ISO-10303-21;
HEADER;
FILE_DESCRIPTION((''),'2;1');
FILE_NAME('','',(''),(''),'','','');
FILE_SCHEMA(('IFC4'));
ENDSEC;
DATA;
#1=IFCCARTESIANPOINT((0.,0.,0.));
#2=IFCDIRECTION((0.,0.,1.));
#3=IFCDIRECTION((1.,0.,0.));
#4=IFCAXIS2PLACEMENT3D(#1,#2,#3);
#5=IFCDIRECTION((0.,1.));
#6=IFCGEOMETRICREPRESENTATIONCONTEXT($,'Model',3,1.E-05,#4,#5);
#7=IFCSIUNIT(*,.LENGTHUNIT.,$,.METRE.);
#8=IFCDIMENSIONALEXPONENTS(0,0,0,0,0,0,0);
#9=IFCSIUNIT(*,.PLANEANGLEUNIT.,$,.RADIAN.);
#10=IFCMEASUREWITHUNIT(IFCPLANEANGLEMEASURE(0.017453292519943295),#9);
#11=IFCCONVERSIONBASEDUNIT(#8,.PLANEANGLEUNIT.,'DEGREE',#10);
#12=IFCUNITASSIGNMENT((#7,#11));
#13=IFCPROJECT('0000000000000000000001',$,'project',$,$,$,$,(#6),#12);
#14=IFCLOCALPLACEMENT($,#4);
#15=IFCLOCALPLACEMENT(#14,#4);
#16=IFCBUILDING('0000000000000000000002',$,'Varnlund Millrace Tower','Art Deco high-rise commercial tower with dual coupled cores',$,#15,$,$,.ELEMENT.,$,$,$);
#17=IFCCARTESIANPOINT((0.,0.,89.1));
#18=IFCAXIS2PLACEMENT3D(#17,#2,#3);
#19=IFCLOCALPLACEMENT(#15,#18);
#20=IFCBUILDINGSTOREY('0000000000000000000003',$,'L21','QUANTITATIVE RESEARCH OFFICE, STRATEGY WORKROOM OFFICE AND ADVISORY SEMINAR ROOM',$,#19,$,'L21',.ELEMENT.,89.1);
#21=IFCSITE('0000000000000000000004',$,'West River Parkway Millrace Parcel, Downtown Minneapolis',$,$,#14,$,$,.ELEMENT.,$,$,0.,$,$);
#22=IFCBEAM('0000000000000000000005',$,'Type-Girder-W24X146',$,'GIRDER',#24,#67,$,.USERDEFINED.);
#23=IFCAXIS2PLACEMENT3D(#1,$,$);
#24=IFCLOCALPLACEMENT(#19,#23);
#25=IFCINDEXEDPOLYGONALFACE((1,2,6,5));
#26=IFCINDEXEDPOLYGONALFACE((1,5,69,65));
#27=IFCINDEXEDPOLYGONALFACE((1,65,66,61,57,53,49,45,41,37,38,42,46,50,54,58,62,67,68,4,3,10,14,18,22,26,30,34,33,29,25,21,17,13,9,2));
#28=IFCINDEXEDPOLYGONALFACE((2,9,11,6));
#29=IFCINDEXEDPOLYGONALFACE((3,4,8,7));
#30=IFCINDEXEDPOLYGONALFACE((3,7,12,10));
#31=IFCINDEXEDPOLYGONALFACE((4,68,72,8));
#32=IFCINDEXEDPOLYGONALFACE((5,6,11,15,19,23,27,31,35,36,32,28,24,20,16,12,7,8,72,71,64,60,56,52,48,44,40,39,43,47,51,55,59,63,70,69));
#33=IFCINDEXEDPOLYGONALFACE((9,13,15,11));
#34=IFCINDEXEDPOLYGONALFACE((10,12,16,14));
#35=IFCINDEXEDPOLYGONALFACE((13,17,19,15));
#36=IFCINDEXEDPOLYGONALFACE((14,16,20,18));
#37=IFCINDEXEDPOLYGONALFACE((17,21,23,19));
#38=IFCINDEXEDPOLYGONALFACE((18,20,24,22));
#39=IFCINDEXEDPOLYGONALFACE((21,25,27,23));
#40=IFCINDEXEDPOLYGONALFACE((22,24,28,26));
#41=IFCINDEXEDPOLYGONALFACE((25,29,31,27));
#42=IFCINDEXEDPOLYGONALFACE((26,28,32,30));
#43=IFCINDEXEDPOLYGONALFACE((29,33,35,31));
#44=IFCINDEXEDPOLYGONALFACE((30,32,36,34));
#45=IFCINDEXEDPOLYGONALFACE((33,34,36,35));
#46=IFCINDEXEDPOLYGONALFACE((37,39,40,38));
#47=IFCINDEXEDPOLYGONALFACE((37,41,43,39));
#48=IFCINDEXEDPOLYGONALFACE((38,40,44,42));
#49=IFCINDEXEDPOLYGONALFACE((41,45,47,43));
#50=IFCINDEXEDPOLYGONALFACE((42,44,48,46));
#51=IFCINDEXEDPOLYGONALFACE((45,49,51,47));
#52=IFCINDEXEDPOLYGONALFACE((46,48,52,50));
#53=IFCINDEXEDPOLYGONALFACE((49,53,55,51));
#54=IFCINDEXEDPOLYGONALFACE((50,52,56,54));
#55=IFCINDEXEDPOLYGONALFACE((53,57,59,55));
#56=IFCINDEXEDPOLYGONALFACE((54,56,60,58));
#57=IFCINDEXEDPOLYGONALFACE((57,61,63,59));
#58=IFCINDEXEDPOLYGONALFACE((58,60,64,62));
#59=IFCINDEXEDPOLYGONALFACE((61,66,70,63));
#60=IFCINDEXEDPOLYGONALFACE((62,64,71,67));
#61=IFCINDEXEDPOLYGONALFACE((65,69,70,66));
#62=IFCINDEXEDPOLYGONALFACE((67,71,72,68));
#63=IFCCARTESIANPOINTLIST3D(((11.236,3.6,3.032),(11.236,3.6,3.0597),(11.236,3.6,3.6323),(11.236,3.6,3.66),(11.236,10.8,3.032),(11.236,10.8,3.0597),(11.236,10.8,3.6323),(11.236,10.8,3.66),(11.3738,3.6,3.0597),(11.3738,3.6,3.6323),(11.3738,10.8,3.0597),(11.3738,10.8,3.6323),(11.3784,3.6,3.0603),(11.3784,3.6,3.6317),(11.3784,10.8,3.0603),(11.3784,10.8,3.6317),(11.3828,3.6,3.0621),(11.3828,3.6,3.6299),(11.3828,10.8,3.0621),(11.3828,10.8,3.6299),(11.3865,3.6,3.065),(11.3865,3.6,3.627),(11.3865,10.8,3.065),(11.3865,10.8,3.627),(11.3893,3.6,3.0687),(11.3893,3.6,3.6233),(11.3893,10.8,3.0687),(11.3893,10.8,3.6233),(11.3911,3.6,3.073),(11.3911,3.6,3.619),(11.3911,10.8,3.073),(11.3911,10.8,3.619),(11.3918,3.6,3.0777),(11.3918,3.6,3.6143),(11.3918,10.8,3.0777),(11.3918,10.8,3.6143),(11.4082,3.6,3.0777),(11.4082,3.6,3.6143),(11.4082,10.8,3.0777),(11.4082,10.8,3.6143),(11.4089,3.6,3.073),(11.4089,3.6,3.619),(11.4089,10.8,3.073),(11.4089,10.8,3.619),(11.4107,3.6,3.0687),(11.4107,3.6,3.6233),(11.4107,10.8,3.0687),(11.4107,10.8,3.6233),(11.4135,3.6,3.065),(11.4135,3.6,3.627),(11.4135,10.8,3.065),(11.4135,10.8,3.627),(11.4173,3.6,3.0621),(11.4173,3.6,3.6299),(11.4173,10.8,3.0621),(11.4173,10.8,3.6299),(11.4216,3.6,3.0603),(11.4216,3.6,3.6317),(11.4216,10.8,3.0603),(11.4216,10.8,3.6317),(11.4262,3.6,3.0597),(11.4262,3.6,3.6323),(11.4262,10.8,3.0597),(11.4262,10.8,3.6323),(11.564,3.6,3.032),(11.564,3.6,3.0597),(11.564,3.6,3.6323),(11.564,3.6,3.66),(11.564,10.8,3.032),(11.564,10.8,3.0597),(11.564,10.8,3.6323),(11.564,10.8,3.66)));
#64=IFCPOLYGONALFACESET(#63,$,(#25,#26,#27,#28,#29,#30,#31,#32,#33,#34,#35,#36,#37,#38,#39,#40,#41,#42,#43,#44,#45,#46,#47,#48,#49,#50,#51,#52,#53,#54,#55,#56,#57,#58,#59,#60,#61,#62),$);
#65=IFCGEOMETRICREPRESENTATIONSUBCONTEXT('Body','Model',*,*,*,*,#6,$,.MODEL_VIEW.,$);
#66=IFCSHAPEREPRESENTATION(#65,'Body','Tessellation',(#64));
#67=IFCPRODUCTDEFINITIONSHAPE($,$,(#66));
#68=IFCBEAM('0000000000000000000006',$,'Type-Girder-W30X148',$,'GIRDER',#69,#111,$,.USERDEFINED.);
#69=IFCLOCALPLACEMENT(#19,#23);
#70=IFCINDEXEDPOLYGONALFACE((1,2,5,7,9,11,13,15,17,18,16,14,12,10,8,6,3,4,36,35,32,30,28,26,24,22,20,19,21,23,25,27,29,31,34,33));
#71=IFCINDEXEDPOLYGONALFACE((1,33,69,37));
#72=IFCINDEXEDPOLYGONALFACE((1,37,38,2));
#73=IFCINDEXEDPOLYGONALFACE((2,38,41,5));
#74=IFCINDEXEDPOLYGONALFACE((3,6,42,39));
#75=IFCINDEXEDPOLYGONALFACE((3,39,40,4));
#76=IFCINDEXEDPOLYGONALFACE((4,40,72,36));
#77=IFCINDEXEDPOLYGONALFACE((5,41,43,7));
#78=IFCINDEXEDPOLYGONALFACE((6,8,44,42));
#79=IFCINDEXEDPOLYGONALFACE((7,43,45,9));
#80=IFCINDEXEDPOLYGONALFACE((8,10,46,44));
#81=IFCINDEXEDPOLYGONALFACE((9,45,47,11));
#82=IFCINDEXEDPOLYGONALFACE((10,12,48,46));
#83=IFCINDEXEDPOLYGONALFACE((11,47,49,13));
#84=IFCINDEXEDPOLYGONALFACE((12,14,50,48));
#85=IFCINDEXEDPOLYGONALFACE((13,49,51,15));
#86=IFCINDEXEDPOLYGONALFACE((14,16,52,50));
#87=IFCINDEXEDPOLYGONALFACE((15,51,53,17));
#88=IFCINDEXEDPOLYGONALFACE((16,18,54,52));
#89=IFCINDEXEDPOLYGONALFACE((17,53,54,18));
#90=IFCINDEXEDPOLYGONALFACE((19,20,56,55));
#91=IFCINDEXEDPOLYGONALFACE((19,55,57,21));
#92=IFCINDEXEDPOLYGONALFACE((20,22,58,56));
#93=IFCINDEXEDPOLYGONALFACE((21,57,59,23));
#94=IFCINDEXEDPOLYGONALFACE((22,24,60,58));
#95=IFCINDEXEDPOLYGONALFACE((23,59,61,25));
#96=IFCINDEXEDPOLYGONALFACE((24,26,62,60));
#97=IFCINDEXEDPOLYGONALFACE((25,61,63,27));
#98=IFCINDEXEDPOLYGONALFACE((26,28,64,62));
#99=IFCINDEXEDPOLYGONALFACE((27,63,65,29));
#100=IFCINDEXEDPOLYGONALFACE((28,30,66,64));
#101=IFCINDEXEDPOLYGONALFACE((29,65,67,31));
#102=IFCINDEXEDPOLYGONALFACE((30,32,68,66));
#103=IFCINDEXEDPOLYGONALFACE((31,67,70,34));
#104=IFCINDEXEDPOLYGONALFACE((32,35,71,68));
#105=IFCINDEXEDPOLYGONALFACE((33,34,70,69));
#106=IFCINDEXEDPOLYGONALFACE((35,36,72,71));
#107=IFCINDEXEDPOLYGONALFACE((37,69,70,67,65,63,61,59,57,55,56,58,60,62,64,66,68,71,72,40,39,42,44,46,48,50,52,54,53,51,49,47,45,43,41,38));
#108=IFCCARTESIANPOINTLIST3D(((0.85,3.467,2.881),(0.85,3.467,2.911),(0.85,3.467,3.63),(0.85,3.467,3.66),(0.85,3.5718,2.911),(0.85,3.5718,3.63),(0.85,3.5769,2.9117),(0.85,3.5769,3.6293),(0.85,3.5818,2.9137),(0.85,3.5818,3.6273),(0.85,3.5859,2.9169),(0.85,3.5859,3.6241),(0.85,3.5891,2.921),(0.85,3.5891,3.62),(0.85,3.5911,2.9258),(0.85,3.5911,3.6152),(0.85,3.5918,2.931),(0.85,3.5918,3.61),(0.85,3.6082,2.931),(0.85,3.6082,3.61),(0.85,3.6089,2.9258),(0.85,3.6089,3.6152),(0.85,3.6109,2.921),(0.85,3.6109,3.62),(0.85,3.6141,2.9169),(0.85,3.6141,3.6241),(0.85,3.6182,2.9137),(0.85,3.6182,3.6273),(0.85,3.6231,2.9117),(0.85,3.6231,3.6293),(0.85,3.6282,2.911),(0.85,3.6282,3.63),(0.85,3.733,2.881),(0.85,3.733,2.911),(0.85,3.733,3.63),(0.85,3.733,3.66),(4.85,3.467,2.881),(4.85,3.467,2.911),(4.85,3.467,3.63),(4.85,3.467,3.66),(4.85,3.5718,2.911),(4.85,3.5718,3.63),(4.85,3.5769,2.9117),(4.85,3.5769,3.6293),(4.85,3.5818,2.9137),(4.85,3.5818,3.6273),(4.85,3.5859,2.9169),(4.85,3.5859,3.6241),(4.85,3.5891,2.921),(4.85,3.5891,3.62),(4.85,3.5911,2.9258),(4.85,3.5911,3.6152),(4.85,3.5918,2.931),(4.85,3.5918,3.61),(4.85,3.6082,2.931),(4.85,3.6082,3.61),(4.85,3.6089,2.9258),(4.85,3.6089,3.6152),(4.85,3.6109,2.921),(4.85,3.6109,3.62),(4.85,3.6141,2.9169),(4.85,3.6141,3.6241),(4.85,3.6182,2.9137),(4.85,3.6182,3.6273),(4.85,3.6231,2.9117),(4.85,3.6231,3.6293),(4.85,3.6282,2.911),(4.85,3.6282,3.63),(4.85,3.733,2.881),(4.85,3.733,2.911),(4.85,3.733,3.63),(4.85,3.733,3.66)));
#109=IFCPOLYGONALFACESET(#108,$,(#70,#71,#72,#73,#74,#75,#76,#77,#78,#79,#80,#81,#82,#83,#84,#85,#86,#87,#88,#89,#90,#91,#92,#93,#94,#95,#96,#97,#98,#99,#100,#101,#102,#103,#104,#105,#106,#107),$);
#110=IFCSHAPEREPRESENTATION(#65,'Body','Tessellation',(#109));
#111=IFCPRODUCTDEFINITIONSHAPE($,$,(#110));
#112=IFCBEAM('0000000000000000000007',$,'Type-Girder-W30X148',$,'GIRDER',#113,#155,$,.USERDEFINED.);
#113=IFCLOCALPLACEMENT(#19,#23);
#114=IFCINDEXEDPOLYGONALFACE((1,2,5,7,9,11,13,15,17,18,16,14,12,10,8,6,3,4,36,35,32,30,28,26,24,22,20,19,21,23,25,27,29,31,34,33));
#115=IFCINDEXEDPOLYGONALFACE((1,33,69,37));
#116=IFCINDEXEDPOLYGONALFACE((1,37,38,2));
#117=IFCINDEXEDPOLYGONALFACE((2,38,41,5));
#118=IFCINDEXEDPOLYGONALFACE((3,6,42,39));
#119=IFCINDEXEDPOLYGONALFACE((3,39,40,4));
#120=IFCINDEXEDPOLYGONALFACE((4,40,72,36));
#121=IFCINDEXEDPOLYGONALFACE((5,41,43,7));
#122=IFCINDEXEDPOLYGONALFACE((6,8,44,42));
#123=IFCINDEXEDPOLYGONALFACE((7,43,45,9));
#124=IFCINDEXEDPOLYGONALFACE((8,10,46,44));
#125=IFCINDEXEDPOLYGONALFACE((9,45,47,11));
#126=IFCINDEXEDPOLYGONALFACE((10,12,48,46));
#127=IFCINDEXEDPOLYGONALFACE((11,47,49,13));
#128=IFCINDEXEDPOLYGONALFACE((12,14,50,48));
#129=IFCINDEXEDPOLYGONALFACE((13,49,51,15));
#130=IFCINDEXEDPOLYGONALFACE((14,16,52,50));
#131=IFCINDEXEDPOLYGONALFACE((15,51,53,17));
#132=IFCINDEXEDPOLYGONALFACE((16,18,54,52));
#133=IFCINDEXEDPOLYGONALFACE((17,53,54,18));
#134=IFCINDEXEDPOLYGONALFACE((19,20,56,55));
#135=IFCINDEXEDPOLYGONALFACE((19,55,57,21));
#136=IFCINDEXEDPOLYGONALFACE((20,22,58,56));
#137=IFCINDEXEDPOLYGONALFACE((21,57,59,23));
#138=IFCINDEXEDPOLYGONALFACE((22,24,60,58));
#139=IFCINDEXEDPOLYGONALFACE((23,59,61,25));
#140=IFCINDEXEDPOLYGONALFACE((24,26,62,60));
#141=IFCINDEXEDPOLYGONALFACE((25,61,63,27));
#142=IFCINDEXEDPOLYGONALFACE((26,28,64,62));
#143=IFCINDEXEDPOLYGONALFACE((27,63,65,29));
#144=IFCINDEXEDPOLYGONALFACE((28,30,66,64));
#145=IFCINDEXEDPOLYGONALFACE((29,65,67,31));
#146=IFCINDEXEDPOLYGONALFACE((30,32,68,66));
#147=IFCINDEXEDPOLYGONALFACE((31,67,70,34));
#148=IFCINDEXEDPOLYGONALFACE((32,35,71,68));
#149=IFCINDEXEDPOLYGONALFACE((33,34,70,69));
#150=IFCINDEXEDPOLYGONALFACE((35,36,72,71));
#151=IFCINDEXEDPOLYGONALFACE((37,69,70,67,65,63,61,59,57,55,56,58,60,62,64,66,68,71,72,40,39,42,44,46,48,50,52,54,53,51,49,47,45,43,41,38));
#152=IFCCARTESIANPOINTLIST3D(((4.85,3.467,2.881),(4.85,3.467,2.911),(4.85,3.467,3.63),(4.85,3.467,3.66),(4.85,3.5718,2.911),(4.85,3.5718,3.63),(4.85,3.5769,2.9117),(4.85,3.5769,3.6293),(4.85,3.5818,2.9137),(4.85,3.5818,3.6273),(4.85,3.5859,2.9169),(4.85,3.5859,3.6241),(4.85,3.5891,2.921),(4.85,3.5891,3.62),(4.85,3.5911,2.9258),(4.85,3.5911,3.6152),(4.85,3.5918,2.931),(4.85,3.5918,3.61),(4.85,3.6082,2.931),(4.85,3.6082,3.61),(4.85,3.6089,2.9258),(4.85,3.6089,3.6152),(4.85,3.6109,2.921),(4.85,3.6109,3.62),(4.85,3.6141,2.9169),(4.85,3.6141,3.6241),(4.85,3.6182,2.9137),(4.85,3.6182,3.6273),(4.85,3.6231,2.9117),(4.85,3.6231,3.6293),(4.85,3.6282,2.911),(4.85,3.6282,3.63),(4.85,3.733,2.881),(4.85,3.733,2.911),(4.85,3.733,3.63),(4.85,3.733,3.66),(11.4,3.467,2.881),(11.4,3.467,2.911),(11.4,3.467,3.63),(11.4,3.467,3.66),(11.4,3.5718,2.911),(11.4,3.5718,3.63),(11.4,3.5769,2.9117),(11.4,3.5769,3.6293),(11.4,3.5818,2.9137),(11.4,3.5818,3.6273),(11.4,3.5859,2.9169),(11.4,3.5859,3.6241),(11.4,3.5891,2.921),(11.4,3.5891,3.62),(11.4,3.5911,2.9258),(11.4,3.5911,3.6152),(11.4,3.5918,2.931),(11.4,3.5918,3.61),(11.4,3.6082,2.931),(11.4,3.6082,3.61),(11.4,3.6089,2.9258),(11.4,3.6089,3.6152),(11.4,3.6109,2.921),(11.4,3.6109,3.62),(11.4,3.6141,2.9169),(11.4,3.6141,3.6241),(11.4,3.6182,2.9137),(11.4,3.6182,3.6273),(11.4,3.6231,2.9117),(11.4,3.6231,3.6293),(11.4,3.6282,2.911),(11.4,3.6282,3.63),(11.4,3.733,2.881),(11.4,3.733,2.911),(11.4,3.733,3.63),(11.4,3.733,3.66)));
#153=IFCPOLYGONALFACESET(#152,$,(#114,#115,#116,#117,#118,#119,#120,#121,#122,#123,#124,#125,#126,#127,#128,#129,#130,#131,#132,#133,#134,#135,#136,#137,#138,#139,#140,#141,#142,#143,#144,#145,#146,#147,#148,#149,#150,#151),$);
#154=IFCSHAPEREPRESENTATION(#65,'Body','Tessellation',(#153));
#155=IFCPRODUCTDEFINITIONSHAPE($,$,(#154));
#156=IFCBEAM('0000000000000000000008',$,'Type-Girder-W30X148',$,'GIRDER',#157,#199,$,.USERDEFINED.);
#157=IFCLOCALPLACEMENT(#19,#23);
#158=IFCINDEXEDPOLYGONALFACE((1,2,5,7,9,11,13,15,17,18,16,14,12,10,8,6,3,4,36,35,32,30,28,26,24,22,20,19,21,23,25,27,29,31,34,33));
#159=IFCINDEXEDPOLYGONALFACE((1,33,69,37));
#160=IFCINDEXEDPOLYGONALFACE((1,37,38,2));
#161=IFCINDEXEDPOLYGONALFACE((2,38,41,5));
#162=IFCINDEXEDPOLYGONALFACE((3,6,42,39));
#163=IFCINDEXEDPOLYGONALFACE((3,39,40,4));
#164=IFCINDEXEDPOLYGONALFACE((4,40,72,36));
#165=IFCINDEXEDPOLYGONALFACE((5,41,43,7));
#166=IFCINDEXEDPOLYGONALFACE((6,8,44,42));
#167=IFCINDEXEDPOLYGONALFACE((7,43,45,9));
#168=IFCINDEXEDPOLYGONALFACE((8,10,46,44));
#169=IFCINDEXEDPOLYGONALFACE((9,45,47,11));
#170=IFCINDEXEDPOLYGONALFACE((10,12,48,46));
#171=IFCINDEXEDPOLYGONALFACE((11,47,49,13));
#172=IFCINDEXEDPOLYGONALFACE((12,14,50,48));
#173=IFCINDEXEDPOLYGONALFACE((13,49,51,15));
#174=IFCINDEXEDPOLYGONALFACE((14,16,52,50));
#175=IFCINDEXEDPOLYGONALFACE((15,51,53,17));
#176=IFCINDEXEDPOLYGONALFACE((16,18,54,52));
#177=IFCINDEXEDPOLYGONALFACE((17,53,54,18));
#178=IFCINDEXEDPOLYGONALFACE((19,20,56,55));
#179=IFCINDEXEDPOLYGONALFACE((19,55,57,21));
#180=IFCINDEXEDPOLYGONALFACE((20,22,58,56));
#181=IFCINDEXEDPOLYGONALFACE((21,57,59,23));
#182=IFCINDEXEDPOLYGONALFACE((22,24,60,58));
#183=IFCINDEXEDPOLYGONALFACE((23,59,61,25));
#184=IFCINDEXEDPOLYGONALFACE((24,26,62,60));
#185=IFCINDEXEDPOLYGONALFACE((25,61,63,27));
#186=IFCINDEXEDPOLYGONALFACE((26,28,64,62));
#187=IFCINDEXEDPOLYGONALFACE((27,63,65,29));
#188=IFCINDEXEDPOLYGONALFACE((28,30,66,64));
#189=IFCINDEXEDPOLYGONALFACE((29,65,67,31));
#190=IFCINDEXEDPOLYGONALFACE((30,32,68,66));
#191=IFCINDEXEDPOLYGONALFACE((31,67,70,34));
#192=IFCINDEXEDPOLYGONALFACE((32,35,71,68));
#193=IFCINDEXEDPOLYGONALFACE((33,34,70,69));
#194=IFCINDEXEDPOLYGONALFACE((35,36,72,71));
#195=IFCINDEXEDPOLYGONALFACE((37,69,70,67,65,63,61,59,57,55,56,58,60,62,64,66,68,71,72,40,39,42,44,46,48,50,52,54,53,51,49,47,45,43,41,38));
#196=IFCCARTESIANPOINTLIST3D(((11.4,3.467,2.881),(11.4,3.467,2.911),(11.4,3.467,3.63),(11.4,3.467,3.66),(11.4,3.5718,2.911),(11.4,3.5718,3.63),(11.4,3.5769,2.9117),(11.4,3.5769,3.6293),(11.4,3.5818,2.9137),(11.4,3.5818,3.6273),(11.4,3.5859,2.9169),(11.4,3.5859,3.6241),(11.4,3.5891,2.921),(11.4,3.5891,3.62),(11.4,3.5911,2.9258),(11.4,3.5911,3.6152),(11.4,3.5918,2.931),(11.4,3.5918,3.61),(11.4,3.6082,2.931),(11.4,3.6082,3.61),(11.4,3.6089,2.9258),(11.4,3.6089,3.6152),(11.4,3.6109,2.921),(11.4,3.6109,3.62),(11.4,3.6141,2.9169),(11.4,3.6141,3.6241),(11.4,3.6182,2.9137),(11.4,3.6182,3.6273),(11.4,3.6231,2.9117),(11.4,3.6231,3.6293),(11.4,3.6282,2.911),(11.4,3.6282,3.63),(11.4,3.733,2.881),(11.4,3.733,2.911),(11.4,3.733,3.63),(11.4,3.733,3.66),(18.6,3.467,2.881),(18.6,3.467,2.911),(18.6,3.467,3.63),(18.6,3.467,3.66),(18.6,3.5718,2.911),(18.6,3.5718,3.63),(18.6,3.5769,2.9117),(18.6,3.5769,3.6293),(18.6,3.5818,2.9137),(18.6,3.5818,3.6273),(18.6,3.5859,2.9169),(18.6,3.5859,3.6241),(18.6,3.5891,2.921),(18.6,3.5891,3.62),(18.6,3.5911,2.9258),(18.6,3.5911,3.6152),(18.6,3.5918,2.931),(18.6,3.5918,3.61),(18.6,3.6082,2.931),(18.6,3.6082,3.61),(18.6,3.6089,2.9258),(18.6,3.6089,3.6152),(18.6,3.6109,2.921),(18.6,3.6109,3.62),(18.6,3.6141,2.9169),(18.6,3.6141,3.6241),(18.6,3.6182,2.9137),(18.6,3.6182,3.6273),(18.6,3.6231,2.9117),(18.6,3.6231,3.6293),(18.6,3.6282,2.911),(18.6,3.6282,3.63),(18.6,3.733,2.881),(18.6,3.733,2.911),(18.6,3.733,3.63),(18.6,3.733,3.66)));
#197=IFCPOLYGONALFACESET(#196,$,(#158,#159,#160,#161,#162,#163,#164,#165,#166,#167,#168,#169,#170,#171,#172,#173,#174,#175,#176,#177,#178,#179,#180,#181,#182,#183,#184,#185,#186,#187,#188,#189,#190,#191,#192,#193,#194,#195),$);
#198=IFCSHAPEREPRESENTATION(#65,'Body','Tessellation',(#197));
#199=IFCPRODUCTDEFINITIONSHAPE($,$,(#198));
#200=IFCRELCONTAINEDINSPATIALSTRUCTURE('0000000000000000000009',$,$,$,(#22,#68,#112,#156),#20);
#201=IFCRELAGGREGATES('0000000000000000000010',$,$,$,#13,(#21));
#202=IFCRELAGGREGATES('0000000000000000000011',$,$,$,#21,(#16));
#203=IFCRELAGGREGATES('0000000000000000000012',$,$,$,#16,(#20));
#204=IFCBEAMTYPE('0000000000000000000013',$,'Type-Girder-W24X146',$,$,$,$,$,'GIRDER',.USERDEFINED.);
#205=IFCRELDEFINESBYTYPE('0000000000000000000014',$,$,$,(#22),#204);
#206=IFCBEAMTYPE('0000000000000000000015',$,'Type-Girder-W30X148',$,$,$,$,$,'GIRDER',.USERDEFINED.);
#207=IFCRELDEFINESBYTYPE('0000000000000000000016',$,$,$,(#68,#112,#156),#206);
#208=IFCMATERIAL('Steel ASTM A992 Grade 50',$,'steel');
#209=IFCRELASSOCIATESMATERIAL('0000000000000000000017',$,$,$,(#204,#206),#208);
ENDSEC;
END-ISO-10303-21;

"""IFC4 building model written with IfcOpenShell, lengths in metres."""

from ifc_helpers import new_model, entity, si_unit, converted_unit, direction, frame, origin_with_axes, origin_2d_with_axis, place, context, subcontext, project, spatial, i_section, extrude, material, material_profile, profile_set, type_object, element, save


model = new_model("IFC4")

# Units and contexts
model_context = context("Model", 3, precision=1e-05, world=origin_with_axes(), true_north=direction((0.0, 1.0)))
body_context = subcontext(model_context, "Body", "Model", "MODEL_VIEW")
ifc_project = project(units=[si_unit("LENGTHUNIT", "METRE"), converted_unit("PLANEANGLEUNIT", "DEGREE", entity("IfcPlaneAngleMeasure", 0.017453292519943295), si_unit("PLANEANGLEUNIT", "RADIAN"), dimensions=[0, 0, 0, 0, 0, 0, 0])], contexts=[model_context])

# Site, building, storey
site_placement = place(None, origin_with_axes())
site = spatial("IfcSite", under=ifc_project, at=site_placement, Name="West River Parkway Millrace Parcel, Downtown Minneapolis", CompositionType="ELEMENT", RefElevation=0.0)
building_placement = place(site_placement, origin_with_axes())
building = spatial("IfcBuilding", under=site, at=building_placement, Name="Varnlund Millrace Tower", Description="Art Deco high-rise commercial tower with dual coupled cores", CompositionType="ELEMENT")
storey_placement = place(building_placement, frame((0.0, 0.0, 89.1), z_axis=(0.0, 0.0, 1.0), x_axis=(1.0, 0.0, 0.0)))
storey = spatial("IfcBuildingStorey", under=building, at=storey_placement, Name="L21", Description="QUANTITATIVE RESEARCH OFFICE, STRATEGY WORKROOM OFFICE AND ADVISORY SEMINAR ROOM", LongName="L21", CompositionType="ELEMENT", Elevation=89.1)

# Beams
ifc_material_1 = material(Name="Steel ASTM A992 Grade 50", Category="steel")
ifc_material_profile_1 = material_profile(ifc_material_1, i_section(OverallWidth=0.328, OverallDepth=0.628, WebThickness=0.0165, FlangeThickness=0.0277, FilletRadius=0.018, at=origin_2d_with_axis()), Name="Steel ASTM A992 Grade 50")
ifc_profile_set_1 = profile_set([ifc_material_profile_1], Name="Steel ASTM A992 Grade 50")
beam_type_1 = type_object("IfcBeamType", Name="Type-Girder-W24X146", ElementType="GIRDER", PredefinedType="USERDEFINED", material=ifc_profile_set_1)
beam_1_placement = place(storey_placement, frame((11.4, 3.6, 3.346), z_axis=(0.0, 1.0, 0.0), x_axis=(-1.0, 0.0, 0.0)))
element("IfcBeam", 1, at=beam_1_placement, inside=storey, type_object=beam_type_1, Name="Type-Girder-W24X146", ObjectType="GIRDER", PredefinedType="USERDEFINED", context=body_context, shape_type="SweptSolid", body=[
    extrude(i_section(OverallWidth=0.328, OverallDepth=0.628, WebThickness=0.0165, FlangeThickness=0.0277, FilletRadius=0.018, at=origin_2d_with_axis()), origin_with_axes(), (0.0, 0.0, 1.0), 7.2),
])
ifc_material_profile_2 = material_profile(ifc_material_1, i_section(OverallWidth=0.266, OverallDepth=0.779, WebThickness=0.0165, FlangeThickness=0.03, FilletRadius=0.02, at=origin_2d_with_axis()), Name="Steel ASTM A992 Grade 50")
ifc_profile_set_2 = profile_set([ifc_material_profile_2], Name="Steel ASTM A992 Grade 50")
beam_type_2 = type_object("IfcBeamType", Name="Type-Girder-W30X148", ElementType="GIRDER", PredefinedType="USERDEFINED", material=ifc_profile_set_2)
beam_2_placement = place(storey_placement, frame((0.85, 3.6, 3.2705), z_axis=(1.0, 0.0, 0.0), x_axis=(0.0, 1.0, 0.0)))
element("IfcBeam", 2, at=beam_2_placement, inside=storey, type_object=beam_type_2, Name="Type-Girder-W30X148", ObjectType="GIRDER", PredefinedType="USERDEFINED", context=body_context, shape_type="SweptSolid", body=[
    extrude(i_section(OverallWidth=0.266, OverallDepth=0.779, WebThickness=0.0165, FlangeThickness=0.03, FilletRadius=0.02, at=origin_2d_with_axis()), origin_with_axes(), (0.0, 0.0, 1.0), 4.0),
])
beam_3_placement = place(storey_placement, frame((4.85, 3.6, 3.2705), z_axis=(1.0, 0.0, 0.0), x_axis=(0.0, 1.0, 0.0)))
element("IfcBeam", 3, at=beam_3_placement, inside=storey, type_object=beam_type_2, Name="Type-Girder-W30X148", ObjectType="GIRDER", PredefinedType="USERDEFINED", context=body_context, shape_type="SweptSolid", body=[
    extrude(i_section(OverallWidth=0.266, OverallDepth=0.779, WebThickness=0.0165, FlangeThickness=0.03, FilletRadius=0.02, at=origin_2d_with_axis()), origin_with_axes(), (0.0, 0.0, 1.0), 6.55),
])
beam_4_placement = place(storey_placement, frame((11.4, 3.6, 3.2705), z_axis=(1.0, 0.0, 0.0), x_axis=(0.0, 1.0, 0.0)))
element("IfcBeam", 4, at=beam_4_placement, inside=storey, type_object=beam_type_2, Name="Type-Girder-W30X148", ObjectType="GIRDER", PredefinedType="USERDEFINED", context=body_context, shape_type="SweptSolid", body=[
    extrude(i_section(OverallWidth=0.266, OverallDepth=0.779, WebThickness=0.0165, FlangeThickness=0.03, FilletRadius=0.02, at=origin_2d_with_axis()), origin_with_axes(), (0.0, 0.0, 1.0), 7.2),
])

save(model, "model.ifc")
